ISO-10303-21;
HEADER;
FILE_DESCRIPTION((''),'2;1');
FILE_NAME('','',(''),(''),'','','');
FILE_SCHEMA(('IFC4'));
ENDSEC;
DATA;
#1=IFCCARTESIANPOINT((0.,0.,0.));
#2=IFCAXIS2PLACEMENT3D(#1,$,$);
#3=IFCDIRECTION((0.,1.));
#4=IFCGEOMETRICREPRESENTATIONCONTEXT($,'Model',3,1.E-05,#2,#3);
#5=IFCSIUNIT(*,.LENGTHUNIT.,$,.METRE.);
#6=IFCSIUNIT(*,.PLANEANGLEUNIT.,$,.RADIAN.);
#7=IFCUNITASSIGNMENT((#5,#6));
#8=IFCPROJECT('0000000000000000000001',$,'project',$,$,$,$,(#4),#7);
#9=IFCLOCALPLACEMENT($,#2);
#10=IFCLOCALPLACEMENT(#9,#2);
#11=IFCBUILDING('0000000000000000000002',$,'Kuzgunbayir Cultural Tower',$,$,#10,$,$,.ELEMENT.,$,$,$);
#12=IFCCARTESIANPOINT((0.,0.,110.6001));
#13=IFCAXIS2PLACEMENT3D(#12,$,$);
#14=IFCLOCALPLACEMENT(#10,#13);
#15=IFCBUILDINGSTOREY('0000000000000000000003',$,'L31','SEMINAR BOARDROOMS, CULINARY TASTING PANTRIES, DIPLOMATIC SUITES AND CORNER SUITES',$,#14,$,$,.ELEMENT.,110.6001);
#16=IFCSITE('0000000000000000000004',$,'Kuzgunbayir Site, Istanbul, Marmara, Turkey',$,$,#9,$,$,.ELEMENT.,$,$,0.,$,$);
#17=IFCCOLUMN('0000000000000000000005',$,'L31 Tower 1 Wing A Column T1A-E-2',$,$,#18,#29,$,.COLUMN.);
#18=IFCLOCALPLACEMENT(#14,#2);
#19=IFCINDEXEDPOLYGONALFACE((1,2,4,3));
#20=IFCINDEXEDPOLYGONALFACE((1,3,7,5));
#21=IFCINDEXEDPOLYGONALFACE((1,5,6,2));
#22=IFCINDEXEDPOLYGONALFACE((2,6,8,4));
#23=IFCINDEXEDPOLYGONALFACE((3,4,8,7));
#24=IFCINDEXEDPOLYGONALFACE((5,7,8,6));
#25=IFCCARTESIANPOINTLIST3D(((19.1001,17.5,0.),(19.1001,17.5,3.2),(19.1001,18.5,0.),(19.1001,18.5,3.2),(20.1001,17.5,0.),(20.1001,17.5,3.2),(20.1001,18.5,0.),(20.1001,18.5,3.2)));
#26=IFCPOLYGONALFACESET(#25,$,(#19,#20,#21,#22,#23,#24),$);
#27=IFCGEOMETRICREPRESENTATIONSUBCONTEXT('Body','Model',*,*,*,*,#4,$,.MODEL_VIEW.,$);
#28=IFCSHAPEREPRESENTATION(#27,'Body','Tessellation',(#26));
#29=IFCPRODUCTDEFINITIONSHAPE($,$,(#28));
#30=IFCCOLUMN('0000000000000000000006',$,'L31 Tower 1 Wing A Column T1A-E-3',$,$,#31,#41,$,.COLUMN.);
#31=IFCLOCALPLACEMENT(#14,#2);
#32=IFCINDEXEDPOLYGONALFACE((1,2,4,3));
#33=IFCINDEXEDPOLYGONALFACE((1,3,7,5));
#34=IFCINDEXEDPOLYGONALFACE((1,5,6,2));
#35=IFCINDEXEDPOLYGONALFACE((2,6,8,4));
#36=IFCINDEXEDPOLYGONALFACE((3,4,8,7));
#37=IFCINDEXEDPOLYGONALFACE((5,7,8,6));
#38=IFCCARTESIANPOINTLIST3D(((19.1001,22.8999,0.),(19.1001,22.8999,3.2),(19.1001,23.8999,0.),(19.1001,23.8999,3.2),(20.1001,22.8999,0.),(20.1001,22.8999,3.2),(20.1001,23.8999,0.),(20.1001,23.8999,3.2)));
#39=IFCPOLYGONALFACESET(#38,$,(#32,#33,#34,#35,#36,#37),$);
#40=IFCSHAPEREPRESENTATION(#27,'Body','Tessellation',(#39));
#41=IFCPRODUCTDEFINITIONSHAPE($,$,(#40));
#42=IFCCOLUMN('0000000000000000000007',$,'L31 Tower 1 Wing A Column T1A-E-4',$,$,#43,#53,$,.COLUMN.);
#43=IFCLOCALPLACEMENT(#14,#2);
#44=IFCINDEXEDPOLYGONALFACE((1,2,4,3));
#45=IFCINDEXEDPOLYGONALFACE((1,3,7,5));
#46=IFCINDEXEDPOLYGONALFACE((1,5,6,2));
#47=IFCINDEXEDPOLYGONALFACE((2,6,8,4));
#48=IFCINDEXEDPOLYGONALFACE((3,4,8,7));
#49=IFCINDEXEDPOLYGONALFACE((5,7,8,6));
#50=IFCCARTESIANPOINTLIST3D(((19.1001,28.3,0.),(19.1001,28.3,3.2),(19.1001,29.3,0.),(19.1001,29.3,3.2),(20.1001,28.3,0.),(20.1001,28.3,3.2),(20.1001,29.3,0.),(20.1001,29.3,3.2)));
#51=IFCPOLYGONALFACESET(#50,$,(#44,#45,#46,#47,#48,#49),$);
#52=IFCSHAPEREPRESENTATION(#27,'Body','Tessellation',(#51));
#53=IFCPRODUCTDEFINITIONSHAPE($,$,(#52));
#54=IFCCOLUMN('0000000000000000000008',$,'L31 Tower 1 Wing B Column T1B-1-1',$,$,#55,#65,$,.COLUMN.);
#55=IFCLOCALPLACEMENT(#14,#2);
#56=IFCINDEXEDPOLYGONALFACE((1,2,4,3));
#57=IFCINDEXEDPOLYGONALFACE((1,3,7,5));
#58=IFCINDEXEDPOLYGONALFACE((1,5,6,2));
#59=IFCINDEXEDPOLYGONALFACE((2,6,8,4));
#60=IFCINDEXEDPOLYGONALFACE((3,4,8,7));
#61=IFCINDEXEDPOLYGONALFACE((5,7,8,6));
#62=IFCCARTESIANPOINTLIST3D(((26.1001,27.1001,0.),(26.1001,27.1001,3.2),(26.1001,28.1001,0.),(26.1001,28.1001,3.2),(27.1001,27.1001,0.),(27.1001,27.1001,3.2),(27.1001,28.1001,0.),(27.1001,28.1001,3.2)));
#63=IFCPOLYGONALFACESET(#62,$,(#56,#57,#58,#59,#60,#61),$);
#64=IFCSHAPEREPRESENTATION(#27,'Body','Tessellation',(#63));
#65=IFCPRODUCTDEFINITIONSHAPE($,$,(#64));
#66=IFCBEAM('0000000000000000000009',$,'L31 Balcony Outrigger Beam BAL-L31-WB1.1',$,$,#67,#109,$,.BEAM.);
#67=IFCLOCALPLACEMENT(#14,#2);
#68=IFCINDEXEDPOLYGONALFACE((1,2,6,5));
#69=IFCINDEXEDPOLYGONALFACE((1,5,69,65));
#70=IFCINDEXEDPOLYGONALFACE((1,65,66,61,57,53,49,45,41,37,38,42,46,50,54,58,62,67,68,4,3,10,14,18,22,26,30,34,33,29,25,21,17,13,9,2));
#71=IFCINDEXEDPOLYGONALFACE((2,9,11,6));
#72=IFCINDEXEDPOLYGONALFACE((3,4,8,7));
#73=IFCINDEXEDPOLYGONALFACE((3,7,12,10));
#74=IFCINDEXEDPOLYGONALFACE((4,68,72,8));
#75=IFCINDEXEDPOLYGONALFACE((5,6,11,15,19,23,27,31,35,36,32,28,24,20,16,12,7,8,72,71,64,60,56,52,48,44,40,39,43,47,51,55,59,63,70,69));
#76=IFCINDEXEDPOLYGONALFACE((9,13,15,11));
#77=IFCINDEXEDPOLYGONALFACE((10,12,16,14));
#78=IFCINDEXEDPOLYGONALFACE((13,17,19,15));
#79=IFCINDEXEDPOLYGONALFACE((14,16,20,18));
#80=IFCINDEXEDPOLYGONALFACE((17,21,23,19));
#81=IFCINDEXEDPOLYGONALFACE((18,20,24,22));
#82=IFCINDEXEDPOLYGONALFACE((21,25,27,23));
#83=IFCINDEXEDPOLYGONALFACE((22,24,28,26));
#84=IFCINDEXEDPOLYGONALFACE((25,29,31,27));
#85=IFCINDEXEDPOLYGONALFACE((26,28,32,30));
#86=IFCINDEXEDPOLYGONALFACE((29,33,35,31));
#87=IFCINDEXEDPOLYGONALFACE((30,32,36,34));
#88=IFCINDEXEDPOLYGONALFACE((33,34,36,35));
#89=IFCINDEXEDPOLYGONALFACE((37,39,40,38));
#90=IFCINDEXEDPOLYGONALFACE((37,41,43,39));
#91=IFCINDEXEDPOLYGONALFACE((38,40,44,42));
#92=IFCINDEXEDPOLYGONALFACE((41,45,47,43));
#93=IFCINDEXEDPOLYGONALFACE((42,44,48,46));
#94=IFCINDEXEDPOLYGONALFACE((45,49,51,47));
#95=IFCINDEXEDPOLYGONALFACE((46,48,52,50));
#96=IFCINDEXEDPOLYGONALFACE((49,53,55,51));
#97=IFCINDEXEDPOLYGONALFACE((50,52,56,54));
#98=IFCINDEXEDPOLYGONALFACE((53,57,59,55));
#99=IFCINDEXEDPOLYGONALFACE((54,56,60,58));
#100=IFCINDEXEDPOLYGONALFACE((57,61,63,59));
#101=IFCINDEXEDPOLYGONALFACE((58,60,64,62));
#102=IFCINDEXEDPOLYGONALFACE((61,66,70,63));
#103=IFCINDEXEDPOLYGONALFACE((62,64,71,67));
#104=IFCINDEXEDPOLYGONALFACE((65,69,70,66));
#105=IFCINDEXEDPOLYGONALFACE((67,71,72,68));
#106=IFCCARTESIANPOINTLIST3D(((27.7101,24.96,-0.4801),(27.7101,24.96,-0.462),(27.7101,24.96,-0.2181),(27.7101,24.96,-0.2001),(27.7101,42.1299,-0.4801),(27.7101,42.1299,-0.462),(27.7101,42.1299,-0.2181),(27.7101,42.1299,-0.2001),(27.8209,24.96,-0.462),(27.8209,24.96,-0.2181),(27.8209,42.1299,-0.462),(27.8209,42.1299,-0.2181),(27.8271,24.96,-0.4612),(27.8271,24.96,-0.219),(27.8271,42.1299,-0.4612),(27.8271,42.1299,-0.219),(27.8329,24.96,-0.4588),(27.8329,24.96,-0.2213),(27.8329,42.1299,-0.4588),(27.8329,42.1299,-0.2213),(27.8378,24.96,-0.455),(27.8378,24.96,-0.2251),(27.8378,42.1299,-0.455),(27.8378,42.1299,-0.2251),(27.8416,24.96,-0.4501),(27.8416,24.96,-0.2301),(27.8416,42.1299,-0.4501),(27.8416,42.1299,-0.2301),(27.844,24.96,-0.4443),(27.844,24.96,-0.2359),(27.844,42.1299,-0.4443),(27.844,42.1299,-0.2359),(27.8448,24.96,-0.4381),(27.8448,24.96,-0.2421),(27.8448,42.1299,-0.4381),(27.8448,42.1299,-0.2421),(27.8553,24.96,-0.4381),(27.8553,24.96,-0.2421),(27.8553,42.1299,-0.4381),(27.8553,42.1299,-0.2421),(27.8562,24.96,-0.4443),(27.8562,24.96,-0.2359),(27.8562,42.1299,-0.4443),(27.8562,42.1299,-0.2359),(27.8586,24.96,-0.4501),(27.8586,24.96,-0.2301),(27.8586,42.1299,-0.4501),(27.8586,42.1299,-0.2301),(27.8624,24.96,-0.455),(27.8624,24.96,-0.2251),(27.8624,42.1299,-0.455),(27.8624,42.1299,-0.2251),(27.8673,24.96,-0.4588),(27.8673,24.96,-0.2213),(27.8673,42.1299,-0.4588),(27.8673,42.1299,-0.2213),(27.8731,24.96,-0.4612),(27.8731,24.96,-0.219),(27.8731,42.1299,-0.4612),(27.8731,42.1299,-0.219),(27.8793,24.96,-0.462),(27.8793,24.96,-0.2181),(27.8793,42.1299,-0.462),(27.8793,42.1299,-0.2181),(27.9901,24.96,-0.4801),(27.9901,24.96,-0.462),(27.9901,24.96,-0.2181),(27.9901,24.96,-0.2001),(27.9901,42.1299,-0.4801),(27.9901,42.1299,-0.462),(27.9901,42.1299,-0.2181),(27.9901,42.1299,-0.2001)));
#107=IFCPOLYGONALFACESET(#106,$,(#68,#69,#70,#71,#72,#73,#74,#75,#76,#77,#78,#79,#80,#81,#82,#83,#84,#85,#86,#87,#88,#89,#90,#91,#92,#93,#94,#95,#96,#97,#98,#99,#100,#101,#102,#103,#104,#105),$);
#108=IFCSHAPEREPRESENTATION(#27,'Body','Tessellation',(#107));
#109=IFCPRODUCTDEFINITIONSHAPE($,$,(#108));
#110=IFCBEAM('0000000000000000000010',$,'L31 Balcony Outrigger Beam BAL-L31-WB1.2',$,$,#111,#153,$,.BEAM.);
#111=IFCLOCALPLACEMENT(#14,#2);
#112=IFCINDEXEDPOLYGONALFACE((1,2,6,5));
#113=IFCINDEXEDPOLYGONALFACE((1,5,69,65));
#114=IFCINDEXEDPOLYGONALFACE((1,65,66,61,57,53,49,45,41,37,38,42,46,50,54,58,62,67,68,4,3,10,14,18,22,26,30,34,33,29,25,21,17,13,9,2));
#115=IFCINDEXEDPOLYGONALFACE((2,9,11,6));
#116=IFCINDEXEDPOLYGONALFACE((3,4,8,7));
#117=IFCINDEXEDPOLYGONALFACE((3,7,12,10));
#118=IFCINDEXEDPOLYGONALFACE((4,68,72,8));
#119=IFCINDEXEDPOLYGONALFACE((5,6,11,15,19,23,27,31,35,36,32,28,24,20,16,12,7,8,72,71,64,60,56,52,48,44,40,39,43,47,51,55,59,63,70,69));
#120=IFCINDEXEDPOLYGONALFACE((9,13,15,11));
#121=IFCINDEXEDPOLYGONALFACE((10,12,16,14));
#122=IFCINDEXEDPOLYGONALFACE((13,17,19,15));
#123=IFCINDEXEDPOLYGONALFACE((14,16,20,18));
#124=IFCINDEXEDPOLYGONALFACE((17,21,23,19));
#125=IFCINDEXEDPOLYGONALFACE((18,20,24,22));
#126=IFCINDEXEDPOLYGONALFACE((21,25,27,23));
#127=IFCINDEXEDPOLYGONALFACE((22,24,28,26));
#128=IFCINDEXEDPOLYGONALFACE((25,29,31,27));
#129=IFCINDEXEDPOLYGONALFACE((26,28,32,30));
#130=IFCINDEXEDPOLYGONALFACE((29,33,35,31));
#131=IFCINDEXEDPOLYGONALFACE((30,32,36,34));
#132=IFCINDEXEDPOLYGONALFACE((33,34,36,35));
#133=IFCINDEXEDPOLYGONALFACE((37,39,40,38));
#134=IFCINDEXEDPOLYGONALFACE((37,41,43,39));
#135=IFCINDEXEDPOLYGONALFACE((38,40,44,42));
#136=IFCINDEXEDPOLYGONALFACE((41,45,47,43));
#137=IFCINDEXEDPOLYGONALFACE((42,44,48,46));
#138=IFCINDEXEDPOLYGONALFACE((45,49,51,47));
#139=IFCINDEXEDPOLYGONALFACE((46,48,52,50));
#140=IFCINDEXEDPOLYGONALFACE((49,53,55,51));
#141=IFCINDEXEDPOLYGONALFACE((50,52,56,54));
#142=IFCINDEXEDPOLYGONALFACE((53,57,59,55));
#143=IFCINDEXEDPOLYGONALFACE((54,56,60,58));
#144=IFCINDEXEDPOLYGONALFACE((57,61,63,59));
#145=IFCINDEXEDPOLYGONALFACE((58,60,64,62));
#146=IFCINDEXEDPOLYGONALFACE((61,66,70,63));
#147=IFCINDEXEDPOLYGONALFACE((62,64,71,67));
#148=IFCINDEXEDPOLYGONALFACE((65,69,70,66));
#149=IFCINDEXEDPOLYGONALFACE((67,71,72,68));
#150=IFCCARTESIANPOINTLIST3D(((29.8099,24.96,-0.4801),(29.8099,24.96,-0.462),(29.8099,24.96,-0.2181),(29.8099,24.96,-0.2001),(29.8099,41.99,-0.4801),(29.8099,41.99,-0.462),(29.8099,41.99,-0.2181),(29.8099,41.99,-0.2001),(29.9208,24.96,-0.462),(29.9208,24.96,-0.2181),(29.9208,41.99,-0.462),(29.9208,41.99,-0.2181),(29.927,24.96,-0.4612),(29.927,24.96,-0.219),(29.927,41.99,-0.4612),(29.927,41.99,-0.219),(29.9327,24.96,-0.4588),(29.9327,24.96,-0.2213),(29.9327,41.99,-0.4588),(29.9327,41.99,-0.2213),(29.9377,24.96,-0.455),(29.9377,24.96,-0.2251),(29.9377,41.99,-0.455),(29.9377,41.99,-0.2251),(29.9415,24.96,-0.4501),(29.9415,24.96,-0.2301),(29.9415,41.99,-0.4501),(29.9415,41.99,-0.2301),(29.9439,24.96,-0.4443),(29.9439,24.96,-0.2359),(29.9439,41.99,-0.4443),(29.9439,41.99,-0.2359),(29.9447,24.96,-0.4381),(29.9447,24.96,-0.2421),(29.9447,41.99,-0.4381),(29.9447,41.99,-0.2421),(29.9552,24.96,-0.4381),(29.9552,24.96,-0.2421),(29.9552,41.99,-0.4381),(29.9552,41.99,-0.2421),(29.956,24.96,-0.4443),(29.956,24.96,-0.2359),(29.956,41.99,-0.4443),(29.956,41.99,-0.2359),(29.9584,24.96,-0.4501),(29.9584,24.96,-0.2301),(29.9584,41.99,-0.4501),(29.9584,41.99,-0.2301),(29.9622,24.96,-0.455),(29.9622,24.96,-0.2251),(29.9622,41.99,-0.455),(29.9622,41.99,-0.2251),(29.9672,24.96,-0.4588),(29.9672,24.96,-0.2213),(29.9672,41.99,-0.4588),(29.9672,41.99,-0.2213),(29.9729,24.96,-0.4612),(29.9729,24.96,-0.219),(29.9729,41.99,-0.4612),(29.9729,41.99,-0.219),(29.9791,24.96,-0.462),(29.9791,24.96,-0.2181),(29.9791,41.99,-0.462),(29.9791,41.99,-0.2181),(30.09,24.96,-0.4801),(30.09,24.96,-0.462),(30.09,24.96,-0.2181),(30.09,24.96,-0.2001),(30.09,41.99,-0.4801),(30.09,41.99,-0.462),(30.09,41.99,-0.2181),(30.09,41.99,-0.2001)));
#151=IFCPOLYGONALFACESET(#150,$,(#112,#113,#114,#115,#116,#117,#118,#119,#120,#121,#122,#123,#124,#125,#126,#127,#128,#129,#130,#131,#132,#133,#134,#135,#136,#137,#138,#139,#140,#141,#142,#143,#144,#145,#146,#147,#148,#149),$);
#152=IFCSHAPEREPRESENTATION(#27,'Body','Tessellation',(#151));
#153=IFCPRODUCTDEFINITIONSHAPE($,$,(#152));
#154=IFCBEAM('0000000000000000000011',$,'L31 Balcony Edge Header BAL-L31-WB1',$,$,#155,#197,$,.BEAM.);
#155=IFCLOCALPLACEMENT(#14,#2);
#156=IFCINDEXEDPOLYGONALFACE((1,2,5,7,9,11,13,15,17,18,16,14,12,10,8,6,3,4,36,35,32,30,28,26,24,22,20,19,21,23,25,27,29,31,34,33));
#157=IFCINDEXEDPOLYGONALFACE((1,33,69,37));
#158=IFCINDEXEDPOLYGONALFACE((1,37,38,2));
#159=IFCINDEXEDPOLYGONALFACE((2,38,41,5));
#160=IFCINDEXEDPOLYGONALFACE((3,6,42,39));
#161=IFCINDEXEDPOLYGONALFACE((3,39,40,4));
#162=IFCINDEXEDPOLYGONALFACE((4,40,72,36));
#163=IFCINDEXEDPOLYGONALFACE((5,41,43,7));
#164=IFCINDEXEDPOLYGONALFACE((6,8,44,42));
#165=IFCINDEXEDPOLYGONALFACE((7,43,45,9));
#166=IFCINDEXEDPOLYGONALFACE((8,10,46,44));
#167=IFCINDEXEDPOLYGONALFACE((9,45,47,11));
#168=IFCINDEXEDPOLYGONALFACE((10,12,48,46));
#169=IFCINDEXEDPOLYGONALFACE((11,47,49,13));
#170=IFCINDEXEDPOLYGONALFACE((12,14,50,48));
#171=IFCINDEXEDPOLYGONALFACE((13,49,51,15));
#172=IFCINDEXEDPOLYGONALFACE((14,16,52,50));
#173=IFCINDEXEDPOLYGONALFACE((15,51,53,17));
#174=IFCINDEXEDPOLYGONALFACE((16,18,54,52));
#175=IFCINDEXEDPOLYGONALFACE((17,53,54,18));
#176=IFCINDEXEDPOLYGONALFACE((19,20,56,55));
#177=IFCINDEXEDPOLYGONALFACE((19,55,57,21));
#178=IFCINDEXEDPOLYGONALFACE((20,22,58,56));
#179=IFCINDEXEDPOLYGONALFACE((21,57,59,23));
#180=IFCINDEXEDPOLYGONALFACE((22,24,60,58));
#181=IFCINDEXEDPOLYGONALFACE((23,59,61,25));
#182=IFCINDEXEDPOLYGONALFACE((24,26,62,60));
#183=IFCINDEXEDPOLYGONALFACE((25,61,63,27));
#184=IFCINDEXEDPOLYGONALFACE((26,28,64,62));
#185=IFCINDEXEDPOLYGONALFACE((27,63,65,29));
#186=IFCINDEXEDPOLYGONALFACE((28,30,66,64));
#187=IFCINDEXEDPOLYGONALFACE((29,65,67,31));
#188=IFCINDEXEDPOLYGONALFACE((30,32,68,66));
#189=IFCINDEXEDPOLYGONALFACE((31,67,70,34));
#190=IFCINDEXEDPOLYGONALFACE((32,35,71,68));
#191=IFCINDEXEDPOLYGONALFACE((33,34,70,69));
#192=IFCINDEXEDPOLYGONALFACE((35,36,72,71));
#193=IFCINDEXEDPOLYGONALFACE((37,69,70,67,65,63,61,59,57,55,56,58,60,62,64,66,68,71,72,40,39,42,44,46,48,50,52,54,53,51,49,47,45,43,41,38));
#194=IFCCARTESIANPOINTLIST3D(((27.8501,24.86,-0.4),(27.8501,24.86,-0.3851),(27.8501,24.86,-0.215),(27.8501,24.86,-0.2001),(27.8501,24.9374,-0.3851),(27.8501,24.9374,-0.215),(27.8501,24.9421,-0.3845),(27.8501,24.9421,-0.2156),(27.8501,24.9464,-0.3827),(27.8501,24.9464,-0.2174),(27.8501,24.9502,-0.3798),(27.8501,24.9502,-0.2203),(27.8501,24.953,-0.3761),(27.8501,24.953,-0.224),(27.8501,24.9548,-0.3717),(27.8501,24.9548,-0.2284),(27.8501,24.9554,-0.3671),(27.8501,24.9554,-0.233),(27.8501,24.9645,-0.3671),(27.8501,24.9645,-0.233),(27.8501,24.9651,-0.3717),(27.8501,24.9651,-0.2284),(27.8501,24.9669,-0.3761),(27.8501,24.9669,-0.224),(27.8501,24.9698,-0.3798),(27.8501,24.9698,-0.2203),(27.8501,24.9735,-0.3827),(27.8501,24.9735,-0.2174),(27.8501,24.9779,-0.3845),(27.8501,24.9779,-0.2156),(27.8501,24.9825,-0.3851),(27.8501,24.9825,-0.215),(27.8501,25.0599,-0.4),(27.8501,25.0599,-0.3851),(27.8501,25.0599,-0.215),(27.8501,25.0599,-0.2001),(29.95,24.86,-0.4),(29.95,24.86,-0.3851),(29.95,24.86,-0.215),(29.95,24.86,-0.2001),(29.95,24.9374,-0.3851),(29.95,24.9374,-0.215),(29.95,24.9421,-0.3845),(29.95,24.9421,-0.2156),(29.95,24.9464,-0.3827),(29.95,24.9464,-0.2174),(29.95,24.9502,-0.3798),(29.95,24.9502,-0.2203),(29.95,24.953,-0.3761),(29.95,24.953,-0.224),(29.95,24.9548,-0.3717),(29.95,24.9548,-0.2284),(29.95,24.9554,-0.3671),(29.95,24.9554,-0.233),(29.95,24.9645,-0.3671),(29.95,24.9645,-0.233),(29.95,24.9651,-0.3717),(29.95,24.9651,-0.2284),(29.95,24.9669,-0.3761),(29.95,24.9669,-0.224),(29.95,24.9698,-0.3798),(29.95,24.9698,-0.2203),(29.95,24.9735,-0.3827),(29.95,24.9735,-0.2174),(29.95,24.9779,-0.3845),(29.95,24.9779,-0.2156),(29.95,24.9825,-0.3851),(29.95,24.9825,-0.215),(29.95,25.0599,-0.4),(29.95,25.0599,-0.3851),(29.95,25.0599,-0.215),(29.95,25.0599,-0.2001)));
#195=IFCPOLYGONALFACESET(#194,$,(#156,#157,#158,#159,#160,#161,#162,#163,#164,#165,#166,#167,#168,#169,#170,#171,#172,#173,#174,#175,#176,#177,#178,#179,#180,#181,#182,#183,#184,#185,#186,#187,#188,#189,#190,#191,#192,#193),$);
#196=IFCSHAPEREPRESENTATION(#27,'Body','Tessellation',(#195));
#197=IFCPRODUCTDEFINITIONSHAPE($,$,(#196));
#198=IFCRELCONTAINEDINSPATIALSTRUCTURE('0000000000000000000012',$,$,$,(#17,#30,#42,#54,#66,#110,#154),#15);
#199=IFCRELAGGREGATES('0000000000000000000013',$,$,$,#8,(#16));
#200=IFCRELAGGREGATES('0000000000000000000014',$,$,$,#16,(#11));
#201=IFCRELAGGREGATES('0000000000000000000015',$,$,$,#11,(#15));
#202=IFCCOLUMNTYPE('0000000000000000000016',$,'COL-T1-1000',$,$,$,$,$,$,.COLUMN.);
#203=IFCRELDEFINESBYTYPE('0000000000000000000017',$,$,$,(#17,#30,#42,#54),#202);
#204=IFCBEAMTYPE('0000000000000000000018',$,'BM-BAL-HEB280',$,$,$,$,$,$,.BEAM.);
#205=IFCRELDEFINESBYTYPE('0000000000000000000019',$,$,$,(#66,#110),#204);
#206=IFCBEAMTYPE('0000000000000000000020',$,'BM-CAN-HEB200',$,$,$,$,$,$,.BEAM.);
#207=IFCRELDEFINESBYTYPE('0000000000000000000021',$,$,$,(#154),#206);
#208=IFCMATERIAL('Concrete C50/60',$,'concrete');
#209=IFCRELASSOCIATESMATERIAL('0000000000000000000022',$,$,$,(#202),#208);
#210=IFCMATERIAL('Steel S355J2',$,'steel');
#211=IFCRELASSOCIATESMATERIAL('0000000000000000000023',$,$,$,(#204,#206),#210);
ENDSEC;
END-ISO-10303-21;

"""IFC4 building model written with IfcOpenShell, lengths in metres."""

from ifc_helpers import new_model, si_unit, direction, frame, origin, origin_2d, place, context, subcontext, project, spatial, rectangle, i_section, extrude, material, material_profile, profile_set, type_object, element, save


model = new_model("IFC4")

# Units and contexts
model_context = context("Model", 3, precision=1e-05, world=origin(), true_north=direction((0.0, 1.0)))
body_context = subcontext(model_context, "Body", "Model", "MODEL_VIEW")
ifc_project = project(units=[si_unit("LENGTHUNIT", "METRE"), si_unit("PLANEANGLEUNIT", "RADIAN")], contexts=[model_context])

# Site, building, storey
site_placement = place(None, origin())
site = spatial("IfcSite", under=ifc_project, at=site_placement, Name="Kuzgunbayir Site, Istanbul, Marmara, Turkey", CompositionType="ELEMENT", RefElevation=0.0)
building_placement = place(site_placement, origin())
building = spatial("IfcBuilding", under=site, at=building_placement, Name="Kuzgunbayir Cultural Tower", CompositionType="ELEMENT")
storey_placement = place(building_placement, frame((0.0, 0.0, 110.6001)))
storey = spatial("IfcBuildingStorey", under=building, at=storey_placement, Name="L31", Description="SEMINAR BOARDROOMS, CULINARY TASTING PANTRIES, DIPLOMATIC SUITES AND CORNER SUITES", CompositionType="ELEMENT", Elevation=110.6001)

# Columns
ifc_material_1 = material(Name="Concrete C50/60", Category="concrete")
ifc_material_profile_1 = material_profile(ifc_material_1, rectangle(XDim=1.0, YDim=1.0, at=origin_2d()), Name="RC 1000x1000")
ifc_profile_set_1 = profile_set([ifc_material_profile_1], Name="Concrete C50/60")
column_type = type_object("IfcColumnType", Name="COL-T1-1000", PredefinedType="COLUMN", material=ifc_profile_set_1)
for number, where, z_axis, x_axis, name in (
    (1, (19.6001, 18.0, 0.0), (0.0, 0.0, 1.0), (1.0, 0.0, 0.0), "L31 Tower 1 Wing A Column T1A-E-2"),
    (2, (19.6001, 23.3999, 0.0), (0.0, 0.0, 1.0), (1.0, 0.0, 0.0), "L31 Tower 1 Wing A Column T1A-E-3"),
    (3, (19.6001, 28.8, 0.0), (0.0, 0.0, 1.0), (1.0, 0.0, 0.0), "L31 Tower 1 Wing A Column T1A-E-4"),
    (4, (26.6001, 27.6001, 0.0), (0.0, 0.0, 1.0), (1.0, 0.0, 0.0), "L31 Tower 1 Wing B Column T1B-1-1"),
):
    element("IfcColumn", number, at=place(storey_placement, frame(where, z_axis=z_axis, x_axis=x_axis)), inside=storey, type_object=column_type, Name=name, PredefinedType="COLUMN", context=body_context, shape_type="SweptSolid", body=[
        extrude(rectangle(XDim=1.0, YDim=1.0, at=origin_2d()), origin(), (0.0, 0.0, 1.0), 3.2),
    ])

# Beams
ifc_material_2 = material(Name="Steel S355J2", Category="steel")
ifc_material_profile_2 = material_profile(ifc_material_2, i_section(OverallWidth=0.28, OverallDepth=0.28, WebThickness=0.0105, FlangeThickness=0.0181, FilletRadius=0.0239, at=origin_2d()), Name="HEB 280")
ifc_profile_set_2 = profile_set([ifc_material_profile_2], Name="Steel S355J2")
beam_type_1 = type_object("IfcBeamType", Name="BM-BAL-HEB280", PredefinedType="BEAM", material=ifc_profile_set_2)
beam_1_placement = place(storey_placement, frame((27.8501, 24.96, -0.3401), z_axis=(0.0, 1.0, 0.0), x_axis=(-1.0, 0.0, 0.0)))
element("IfcBeam", 5, at=beam_1_placement, inside=storey, type_object=beam_type_1, Name="L31 Balcony Outrigger Beam BAL-L31-WB1.1", PredefinedType="BEAM", context=body_context, shape_type="SweptSolid", body=[
    extrude(i_section(OverallWidth=0.28, OverallDepth=0.28, WebThickness=0.0105, FlangeThickness=0.0181, FilletRadius=0.0239, at=origin_2d()), origin(), (0.0, 0.0, 1.0), 17.1699),
])
beam_2_placement = place(storey_placement, frame((29.95, 24.96, -0.3401), z_axis=(0.0, 1.0, 0.0), x_axis=(-1.0, 0.0, 0.0)))
element("IfcBeam", 6, at=beam_2_placement, inside=storey, type_object=beam_type_1, Name="L31 Balcony Outrigger Beam BAL-L31-WB1.2", PredefinedType="BEAM", context=body_context, shape_type="SweptSolid", body=[
    extrude(i_section(OverallWidth=0.28, OverallDepth=0.28, WebThickness=0.0105, FlangeThickness=0.0181, FilletRadius=0.0239, at=origin_2d()), origin(), (0.0, 0.0, 1.0), 17.03),
])
ifc_material_profile_3 = material_profile(ifc_material_2, i_section(OverallWidth=0.2, OverallDepth=0.2, WebThickness=0.009, FlangeThickness=0.0149, FilletRadius=0.0181, at=origin_2d()), Name="HEB 200")
ifc_profile_set_3 = profile_set([ifc_material_profile_3], Name="Steel S355J2")
beam_type_2 = type_object("IfcBeamType", Name="BM-CAN-HEB200", PredefinedType="BEAM", material=ifc_profile_set_3)
beam_3_placement = place(storey_placement, frame((27.8501, 24.96, -0.3), z_axis=(1.0, 0.0, 0.0), x_axis=(0.0, 1.0, 0.0)))
element("IfcBeam", 7, at=beam_3_placement, inside=storey, type_object=beam_type_2, Name="L31 Balcony Edge Header BAL-L31-WB1", PredefinedType="BEAM", context=body_context, shape_type="SweptSolid", body=[
    extrude(i_section(OverallWidth=0.2, OverallDepth=0.2, WebThickness=0.009, FlangeThickness=0.0149, FilletRadius=0.0181, at=origin_2d()), origin(), (0.0, 0.0, 1.0), 2.0999),
])

save(model, "model.ifc")
